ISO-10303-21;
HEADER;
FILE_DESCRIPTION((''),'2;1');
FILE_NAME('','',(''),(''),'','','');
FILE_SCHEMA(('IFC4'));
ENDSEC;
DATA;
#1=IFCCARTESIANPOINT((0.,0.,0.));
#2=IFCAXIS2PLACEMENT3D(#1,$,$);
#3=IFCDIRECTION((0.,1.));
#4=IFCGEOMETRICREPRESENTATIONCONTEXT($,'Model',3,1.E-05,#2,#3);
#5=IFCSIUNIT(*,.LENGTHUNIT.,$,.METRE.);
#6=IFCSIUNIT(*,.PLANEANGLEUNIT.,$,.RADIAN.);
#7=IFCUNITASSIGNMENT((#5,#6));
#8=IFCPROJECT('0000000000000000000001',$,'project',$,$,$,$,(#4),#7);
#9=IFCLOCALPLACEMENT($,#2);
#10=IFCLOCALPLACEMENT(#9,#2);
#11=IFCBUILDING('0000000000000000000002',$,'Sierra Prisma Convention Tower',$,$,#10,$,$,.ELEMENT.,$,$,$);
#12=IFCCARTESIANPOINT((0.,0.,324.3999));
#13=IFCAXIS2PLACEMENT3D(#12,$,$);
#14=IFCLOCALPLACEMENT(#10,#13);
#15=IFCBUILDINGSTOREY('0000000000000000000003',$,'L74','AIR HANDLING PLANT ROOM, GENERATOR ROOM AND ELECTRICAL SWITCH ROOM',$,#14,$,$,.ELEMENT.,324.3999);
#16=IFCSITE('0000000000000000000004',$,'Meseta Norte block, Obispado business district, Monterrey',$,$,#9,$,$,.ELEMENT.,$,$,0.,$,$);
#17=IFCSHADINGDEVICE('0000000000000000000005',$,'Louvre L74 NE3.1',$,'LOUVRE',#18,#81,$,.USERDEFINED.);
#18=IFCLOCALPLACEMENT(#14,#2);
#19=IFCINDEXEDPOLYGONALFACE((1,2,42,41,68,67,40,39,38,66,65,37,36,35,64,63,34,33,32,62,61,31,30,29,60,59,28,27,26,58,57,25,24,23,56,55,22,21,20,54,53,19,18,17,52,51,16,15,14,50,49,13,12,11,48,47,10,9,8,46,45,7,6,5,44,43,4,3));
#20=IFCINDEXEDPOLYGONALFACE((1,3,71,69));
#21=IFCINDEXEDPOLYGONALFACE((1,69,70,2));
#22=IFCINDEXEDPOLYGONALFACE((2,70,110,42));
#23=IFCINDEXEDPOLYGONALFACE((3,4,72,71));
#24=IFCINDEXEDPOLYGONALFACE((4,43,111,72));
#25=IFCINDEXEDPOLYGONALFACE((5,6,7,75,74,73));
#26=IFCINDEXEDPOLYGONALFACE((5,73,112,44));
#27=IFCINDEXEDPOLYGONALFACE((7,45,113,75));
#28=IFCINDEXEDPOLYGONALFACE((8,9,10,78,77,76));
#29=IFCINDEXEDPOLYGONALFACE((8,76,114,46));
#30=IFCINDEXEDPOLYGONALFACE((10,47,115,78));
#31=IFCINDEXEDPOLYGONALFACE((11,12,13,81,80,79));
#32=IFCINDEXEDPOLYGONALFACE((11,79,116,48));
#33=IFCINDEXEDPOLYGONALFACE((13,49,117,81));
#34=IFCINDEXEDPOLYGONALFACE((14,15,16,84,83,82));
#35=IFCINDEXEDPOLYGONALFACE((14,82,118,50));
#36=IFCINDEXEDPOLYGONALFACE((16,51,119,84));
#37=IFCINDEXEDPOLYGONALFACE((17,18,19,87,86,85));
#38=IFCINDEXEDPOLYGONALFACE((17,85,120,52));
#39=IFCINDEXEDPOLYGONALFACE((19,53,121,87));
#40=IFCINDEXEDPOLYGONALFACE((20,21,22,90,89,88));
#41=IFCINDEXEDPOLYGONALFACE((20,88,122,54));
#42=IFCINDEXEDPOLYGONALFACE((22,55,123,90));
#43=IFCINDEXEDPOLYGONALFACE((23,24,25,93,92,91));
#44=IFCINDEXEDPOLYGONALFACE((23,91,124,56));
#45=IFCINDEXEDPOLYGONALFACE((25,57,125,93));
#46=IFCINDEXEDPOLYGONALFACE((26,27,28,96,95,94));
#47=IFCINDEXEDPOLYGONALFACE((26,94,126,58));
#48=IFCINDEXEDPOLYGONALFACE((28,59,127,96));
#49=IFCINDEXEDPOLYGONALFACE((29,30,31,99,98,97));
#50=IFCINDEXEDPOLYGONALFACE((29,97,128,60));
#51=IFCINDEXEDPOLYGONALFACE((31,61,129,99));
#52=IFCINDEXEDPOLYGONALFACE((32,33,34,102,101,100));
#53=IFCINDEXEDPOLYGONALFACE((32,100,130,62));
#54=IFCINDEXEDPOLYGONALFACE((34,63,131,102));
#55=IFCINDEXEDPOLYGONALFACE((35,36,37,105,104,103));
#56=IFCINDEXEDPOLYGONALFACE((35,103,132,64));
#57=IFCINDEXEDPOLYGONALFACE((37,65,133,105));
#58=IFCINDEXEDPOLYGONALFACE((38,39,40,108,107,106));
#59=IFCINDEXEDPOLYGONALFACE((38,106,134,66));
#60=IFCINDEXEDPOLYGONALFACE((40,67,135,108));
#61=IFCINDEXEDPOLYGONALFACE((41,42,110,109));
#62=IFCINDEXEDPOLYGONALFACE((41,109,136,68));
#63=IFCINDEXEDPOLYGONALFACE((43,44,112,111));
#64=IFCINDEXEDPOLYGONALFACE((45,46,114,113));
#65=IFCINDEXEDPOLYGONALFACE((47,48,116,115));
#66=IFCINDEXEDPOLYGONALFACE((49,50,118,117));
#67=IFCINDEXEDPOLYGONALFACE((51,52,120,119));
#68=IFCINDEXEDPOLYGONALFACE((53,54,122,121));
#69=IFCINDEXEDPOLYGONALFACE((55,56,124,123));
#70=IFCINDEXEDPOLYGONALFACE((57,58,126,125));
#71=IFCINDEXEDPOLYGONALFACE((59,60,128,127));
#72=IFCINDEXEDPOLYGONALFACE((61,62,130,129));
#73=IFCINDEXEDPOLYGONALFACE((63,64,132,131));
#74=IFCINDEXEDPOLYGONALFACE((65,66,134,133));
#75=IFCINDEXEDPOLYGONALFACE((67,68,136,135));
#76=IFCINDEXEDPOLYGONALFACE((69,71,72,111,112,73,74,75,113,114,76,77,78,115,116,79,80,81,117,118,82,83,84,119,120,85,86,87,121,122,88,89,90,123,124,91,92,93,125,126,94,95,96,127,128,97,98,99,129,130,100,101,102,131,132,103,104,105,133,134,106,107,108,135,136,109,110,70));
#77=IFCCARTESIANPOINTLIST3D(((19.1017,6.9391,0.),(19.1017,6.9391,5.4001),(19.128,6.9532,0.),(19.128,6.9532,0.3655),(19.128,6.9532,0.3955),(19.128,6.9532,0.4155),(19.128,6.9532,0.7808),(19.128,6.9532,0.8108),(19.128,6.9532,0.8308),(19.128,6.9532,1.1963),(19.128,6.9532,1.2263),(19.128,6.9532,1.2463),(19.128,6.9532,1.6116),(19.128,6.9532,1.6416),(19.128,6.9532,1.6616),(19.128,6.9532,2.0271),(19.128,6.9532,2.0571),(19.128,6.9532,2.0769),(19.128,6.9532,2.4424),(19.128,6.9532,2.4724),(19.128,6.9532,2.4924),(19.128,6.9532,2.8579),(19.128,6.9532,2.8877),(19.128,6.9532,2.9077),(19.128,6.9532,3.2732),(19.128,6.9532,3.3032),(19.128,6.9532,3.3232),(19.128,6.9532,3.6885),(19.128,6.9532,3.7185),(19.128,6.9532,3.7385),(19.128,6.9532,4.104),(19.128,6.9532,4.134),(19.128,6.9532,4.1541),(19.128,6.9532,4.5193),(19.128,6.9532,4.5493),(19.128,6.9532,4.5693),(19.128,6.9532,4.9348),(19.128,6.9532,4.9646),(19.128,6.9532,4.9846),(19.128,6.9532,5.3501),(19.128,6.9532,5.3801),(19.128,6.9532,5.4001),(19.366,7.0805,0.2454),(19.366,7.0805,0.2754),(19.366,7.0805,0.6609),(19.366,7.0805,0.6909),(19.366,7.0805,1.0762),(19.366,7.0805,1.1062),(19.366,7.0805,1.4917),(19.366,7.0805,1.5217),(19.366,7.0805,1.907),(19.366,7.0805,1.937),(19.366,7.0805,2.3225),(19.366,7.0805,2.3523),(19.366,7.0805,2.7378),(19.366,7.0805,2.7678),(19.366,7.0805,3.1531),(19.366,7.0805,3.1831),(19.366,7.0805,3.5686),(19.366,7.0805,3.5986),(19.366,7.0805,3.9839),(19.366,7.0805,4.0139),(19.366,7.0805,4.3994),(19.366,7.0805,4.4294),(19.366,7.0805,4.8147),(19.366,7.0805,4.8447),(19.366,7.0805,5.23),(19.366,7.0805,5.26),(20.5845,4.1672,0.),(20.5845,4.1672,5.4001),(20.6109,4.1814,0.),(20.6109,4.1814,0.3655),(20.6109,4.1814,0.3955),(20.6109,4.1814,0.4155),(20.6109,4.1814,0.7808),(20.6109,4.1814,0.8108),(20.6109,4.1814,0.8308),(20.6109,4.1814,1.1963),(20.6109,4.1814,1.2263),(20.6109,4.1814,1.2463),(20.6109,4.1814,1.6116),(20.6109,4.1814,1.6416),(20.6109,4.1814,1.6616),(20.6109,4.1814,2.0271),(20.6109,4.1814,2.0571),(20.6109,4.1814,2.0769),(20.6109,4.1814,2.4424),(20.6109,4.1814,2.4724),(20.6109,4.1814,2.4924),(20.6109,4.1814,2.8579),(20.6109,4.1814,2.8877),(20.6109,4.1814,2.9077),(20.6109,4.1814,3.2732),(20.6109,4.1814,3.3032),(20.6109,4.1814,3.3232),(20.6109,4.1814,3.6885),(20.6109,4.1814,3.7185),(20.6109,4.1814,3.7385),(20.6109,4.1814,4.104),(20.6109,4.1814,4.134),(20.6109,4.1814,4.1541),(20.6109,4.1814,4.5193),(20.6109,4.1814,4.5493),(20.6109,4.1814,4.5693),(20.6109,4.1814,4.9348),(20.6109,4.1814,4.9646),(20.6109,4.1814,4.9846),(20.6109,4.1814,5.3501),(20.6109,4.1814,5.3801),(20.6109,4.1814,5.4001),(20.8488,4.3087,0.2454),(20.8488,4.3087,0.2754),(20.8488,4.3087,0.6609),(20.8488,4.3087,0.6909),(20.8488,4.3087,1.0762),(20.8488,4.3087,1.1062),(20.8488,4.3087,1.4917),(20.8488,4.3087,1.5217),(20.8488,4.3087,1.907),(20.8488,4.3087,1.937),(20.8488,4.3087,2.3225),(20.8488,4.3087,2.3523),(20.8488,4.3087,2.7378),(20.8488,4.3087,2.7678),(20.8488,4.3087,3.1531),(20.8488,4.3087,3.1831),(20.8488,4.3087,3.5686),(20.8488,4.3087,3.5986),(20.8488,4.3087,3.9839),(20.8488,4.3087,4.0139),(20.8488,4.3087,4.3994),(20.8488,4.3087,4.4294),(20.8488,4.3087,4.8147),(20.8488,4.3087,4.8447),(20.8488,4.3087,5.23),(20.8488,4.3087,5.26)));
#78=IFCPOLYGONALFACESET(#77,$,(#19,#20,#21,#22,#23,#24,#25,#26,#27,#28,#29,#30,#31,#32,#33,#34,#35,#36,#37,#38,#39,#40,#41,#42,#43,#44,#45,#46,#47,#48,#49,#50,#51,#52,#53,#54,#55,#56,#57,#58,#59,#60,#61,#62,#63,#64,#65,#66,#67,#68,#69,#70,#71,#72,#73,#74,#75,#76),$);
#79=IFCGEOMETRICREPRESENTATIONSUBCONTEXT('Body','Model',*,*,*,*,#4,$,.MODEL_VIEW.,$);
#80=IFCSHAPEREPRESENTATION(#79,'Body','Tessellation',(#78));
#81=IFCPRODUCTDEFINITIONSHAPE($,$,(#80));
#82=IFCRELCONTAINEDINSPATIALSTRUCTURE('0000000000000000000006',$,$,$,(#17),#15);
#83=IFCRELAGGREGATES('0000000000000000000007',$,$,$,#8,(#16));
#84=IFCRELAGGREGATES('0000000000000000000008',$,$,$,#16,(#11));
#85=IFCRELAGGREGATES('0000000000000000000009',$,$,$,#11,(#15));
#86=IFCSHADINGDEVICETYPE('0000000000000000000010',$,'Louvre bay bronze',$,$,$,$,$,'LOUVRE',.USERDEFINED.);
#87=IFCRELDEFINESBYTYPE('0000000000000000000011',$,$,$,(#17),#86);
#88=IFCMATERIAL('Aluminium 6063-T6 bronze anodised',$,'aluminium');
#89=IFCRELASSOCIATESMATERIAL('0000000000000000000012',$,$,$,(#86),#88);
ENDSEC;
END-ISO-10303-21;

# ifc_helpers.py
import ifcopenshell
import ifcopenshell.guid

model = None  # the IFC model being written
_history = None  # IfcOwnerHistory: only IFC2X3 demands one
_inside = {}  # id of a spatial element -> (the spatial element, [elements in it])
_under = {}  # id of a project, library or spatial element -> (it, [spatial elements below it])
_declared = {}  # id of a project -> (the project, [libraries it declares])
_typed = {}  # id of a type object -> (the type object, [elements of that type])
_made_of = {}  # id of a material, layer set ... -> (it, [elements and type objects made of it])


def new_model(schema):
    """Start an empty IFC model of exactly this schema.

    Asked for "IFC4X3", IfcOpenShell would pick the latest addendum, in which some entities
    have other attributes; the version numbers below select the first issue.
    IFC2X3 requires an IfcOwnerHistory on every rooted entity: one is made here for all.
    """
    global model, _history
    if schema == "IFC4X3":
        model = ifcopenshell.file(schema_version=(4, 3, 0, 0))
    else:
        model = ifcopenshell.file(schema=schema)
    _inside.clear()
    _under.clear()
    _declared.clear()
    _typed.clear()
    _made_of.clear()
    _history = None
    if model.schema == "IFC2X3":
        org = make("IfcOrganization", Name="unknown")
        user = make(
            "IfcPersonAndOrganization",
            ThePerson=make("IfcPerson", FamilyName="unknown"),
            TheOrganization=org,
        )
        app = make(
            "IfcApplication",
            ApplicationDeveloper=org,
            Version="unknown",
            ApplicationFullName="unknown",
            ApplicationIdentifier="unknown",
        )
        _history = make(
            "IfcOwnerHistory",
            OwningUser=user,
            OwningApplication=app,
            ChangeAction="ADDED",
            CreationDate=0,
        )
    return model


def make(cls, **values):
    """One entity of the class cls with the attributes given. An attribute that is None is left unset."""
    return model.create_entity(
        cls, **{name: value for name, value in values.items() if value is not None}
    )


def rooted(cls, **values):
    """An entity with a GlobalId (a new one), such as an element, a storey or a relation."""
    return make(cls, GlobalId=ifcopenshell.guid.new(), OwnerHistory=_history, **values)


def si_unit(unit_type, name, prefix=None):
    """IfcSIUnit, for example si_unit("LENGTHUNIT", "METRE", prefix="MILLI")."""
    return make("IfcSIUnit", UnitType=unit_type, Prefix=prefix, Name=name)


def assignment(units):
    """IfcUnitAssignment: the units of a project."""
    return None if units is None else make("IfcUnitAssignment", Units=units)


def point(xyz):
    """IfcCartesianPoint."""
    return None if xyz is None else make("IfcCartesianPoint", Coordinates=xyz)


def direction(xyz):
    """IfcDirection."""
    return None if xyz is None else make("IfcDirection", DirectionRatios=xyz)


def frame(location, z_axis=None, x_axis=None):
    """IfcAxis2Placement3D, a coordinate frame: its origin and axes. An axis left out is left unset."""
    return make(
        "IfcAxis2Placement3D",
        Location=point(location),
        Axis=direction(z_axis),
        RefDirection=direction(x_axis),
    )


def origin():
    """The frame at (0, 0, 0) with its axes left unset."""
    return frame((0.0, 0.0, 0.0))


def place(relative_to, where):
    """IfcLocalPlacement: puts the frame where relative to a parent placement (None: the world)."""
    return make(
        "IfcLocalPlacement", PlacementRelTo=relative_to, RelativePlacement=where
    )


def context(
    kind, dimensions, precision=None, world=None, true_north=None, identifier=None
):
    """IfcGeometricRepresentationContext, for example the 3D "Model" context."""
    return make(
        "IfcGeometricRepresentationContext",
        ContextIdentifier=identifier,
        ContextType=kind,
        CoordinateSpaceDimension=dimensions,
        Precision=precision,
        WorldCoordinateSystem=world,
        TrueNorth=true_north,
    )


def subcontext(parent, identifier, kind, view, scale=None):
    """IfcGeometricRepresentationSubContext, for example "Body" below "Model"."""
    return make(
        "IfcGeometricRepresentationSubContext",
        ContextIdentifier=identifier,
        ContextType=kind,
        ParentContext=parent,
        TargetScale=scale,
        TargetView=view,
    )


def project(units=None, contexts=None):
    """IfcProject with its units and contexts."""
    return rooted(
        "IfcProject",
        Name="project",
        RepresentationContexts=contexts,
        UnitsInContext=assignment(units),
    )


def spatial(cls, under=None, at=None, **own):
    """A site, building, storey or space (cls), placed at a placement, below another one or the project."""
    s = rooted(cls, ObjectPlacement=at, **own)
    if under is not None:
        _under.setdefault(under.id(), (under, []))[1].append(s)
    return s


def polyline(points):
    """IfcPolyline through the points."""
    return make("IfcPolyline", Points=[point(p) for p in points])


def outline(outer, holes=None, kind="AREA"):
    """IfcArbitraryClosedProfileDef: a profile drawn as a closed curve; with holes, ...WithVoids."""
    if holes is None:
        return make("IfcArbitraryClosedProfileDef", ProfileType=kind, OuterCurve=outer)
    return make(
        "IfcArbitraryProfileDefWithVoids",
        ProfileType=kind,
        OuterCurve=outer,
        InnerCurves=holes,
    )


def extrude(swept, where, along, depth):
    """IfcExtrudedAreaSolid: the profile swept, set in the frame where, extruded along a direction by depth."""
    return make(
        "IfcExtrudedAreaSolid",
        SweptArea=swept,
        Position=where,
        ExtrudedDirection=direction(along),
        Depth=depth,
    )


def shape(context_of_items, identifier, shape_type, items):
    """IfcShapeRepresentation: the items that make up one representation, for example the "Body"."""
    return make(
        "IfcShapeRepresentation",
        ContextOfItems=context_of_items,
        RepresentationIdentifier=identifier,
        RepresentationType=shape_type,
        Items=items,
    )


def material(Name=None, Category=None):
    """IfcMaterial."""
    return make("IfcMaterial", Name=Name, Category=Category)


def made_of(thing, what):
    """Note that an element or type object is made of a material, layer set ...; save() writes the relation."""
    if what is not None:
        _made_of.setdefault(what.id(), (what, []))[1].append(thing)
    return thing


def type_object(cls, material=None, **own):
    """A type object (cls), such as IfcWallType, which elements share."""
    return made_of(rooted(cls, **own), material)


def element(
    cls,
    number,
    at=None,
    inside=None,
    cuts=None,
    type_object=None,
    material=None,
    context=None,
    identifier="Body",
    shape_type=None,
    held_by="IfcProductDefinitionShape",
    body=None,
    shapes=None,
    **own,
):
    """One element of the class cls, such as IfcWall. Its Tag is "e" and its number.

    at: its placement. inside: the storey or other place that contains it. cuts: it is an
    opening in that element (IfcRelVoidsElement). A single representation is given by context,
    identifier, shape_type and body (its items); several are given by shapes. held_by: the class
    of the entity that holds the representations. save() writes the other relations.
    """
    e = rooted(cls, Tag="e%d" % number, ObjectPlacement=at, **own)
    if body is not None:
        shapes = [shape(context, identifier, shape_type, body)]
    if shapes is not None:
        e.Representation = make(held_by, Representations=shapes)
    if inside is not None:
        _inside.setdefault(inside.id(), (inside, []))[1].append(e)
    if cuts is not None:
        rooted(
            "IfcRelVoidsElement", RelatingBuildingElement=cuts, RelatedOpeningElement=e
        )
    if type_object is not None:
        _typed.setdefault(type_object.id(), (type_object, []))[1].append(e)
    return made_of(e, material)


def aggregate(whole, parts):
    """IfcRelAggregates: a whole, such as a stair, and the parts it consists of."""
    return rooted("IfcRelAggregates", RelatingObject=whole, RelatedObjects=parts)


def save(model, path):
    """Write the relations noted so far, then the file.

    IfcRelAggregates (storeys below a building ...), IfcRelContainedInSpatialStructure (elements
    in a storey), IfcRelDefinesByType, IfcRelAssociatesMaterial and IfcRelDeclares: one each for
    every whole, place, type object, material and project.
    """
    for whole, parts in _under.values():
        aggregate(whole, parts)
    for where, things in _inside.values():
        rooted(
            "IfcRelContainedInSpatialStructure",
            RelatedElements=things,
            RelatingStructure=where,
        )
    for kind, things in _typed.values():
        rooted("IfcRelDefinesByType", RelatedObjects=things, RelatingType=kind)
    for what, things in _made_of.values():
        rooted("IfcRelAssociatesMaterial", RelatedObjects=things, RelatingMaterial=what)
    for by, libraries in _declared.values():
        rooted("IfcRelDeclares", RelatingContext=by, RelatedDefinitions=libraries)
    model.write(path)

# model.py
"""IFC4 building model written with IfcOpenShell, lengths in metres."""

from ifc_helpers import new_model, si_unit, direction, frame, origin, place, context, subcontext, project, spatial, polyline, outline, extrude, material, type_object, element, save


model = new_model("IFC4")

# Units and contexts
model_context = context("Model", 3, precision=1e-05, world=origin(), true_north=direction((0.0, 1.0)))
body_context = subcontext(model_context, "Body", "Model", "MODEL_VIEW")
ifc_project = project(units=[si_unit("LENGTHUNIT", "METRE"), si_unit("PLANEANGLEUNIT", "RADIAN")], contexts=[model_context])

# Site, building, storey
site_placement = place(None, origin())
site = spatial("IfcSite", under=ifc_project, at=site_placement, Name="Meseta Norte block, Obispado business district, Monterrey", CompositionType="ELEMENT", RefElevation=0.0)
building_placement = place(site_placement, origin())
building = spatial("IfcBuilding", under=site, at=building_placement, Name="Sierra Prisma Convention Tower", CompositionType="ELEMENT")
storey_placement = place(building_placement, frame((0.0, 0.0, 324.3999)))
storey = spatial("IfcBuildingStorey", under=building, at=storey_placement, Name="L74", Description="AIR HANDLING PLANT ROOM, GENERATOR ROOM AND ELECTRICAL SWITCH ROOM", CompositionType="ELEMENT", Elevation=324.3999)

# Shading device
ifc_material_1 = material(Name="Aluminium 6063-T6 bronze anodised", Category="aluminium")
shading_device_type = type_object("IfcShadingDeviceType", Name="Louvre bay bronze", ElementType="LOUVRE", PredefinedType="USERDEFINED", material=ifc_material_1)
shading_device_1_placement = place(storey_placement, frame((20.5845, 4.1672, 0.0), z_axis=(0.4717, -0.881759, 0.0), x_axis=(0.0, 0.0, 1.0)))
element("IfcShadingDevice", 1, at=shading_device_1_placement, inside=storey, type_object=shading_device_type, Name="Louvre L74 NE3.1", ObjectType="LOUVRE", PredefinedType="USERDEFINED", context=body_context, shape_type="SweptSolid", body=[
    extrude(outline(polyline([(0.0, 0.0), (5.4001, 0.0), (5.4001, -0.0299), (5.3801, -0.0299), (5.26, -0.2998), (5.23, -0.2998), (5.3501, -0.0299), (4.9846, -0.0299), (4.9646, -0.0299), (4.8447, -0.2998), (4.8147, -0.2998), (4.9348, -0.0299), (4.5693, -0.0299), (4.5493, -0.0299), (4.4294, -0.2998), (4.3994, -0.2998), (4.5193, -0.0299), (4.1541, -0.0299), (4.134, -0.0299), (4.0139, -0.2998), (3.9839, -0.2998), (4.104, -0.0299), (3.7385, -0.0299), (3.7185, -0.0299), (3.5986, -0.2998), (3.5686, -0.2998), (3.6885, -0.0299), (3.3232, -0.0299), (3.3032, -0.0299), (3.1831, -0.2998), (3.1531, -0.2998), (3.2732, -0.0299), (2.9077, -0.0299), (2.8877, -0.0299), (2.7678, -0.2998), (2.7378, -0.2998), (2.8579, -0.0299), (2.4924, -0.0299), (2.4724, -0.0299), (2.3523, -0.2998), (2.3225, -0.2998), (2.4424, -0.0299), (2.0769, -0.0299), (2.0571, -0.0299), (1.937, -0.2998), (1.907, -0.2998), (2.0271, -0.0299), (1.6616, -0.0299), (1.6416, -0.0299), (1.5217, -0.2998), (1.4917, -0.2998), (1.6116, -0.0299), (1.2463, -0.0299), (1.2263, -0.0299), (1.1062, -0.2998), (1.0762, -0.2998), (1.1963, -0.0299), (0.8308, -0.0299), (0.8108, -0.0299), (0.6909, -0.2998), (0.6609, -0.2998), (0.7808, -0.0299), (0.4155, -0.0299), (0.3955, -0.0299), (0.2754, -0.2998), (0.2454, -0.2998), (0.3655, -0.0299), (0.0, -0.0299), (0.0, 0.0)])), origin(), (0.0, 0.0, -1.0), 3.1436),
])

save(model, "model.ifc")
